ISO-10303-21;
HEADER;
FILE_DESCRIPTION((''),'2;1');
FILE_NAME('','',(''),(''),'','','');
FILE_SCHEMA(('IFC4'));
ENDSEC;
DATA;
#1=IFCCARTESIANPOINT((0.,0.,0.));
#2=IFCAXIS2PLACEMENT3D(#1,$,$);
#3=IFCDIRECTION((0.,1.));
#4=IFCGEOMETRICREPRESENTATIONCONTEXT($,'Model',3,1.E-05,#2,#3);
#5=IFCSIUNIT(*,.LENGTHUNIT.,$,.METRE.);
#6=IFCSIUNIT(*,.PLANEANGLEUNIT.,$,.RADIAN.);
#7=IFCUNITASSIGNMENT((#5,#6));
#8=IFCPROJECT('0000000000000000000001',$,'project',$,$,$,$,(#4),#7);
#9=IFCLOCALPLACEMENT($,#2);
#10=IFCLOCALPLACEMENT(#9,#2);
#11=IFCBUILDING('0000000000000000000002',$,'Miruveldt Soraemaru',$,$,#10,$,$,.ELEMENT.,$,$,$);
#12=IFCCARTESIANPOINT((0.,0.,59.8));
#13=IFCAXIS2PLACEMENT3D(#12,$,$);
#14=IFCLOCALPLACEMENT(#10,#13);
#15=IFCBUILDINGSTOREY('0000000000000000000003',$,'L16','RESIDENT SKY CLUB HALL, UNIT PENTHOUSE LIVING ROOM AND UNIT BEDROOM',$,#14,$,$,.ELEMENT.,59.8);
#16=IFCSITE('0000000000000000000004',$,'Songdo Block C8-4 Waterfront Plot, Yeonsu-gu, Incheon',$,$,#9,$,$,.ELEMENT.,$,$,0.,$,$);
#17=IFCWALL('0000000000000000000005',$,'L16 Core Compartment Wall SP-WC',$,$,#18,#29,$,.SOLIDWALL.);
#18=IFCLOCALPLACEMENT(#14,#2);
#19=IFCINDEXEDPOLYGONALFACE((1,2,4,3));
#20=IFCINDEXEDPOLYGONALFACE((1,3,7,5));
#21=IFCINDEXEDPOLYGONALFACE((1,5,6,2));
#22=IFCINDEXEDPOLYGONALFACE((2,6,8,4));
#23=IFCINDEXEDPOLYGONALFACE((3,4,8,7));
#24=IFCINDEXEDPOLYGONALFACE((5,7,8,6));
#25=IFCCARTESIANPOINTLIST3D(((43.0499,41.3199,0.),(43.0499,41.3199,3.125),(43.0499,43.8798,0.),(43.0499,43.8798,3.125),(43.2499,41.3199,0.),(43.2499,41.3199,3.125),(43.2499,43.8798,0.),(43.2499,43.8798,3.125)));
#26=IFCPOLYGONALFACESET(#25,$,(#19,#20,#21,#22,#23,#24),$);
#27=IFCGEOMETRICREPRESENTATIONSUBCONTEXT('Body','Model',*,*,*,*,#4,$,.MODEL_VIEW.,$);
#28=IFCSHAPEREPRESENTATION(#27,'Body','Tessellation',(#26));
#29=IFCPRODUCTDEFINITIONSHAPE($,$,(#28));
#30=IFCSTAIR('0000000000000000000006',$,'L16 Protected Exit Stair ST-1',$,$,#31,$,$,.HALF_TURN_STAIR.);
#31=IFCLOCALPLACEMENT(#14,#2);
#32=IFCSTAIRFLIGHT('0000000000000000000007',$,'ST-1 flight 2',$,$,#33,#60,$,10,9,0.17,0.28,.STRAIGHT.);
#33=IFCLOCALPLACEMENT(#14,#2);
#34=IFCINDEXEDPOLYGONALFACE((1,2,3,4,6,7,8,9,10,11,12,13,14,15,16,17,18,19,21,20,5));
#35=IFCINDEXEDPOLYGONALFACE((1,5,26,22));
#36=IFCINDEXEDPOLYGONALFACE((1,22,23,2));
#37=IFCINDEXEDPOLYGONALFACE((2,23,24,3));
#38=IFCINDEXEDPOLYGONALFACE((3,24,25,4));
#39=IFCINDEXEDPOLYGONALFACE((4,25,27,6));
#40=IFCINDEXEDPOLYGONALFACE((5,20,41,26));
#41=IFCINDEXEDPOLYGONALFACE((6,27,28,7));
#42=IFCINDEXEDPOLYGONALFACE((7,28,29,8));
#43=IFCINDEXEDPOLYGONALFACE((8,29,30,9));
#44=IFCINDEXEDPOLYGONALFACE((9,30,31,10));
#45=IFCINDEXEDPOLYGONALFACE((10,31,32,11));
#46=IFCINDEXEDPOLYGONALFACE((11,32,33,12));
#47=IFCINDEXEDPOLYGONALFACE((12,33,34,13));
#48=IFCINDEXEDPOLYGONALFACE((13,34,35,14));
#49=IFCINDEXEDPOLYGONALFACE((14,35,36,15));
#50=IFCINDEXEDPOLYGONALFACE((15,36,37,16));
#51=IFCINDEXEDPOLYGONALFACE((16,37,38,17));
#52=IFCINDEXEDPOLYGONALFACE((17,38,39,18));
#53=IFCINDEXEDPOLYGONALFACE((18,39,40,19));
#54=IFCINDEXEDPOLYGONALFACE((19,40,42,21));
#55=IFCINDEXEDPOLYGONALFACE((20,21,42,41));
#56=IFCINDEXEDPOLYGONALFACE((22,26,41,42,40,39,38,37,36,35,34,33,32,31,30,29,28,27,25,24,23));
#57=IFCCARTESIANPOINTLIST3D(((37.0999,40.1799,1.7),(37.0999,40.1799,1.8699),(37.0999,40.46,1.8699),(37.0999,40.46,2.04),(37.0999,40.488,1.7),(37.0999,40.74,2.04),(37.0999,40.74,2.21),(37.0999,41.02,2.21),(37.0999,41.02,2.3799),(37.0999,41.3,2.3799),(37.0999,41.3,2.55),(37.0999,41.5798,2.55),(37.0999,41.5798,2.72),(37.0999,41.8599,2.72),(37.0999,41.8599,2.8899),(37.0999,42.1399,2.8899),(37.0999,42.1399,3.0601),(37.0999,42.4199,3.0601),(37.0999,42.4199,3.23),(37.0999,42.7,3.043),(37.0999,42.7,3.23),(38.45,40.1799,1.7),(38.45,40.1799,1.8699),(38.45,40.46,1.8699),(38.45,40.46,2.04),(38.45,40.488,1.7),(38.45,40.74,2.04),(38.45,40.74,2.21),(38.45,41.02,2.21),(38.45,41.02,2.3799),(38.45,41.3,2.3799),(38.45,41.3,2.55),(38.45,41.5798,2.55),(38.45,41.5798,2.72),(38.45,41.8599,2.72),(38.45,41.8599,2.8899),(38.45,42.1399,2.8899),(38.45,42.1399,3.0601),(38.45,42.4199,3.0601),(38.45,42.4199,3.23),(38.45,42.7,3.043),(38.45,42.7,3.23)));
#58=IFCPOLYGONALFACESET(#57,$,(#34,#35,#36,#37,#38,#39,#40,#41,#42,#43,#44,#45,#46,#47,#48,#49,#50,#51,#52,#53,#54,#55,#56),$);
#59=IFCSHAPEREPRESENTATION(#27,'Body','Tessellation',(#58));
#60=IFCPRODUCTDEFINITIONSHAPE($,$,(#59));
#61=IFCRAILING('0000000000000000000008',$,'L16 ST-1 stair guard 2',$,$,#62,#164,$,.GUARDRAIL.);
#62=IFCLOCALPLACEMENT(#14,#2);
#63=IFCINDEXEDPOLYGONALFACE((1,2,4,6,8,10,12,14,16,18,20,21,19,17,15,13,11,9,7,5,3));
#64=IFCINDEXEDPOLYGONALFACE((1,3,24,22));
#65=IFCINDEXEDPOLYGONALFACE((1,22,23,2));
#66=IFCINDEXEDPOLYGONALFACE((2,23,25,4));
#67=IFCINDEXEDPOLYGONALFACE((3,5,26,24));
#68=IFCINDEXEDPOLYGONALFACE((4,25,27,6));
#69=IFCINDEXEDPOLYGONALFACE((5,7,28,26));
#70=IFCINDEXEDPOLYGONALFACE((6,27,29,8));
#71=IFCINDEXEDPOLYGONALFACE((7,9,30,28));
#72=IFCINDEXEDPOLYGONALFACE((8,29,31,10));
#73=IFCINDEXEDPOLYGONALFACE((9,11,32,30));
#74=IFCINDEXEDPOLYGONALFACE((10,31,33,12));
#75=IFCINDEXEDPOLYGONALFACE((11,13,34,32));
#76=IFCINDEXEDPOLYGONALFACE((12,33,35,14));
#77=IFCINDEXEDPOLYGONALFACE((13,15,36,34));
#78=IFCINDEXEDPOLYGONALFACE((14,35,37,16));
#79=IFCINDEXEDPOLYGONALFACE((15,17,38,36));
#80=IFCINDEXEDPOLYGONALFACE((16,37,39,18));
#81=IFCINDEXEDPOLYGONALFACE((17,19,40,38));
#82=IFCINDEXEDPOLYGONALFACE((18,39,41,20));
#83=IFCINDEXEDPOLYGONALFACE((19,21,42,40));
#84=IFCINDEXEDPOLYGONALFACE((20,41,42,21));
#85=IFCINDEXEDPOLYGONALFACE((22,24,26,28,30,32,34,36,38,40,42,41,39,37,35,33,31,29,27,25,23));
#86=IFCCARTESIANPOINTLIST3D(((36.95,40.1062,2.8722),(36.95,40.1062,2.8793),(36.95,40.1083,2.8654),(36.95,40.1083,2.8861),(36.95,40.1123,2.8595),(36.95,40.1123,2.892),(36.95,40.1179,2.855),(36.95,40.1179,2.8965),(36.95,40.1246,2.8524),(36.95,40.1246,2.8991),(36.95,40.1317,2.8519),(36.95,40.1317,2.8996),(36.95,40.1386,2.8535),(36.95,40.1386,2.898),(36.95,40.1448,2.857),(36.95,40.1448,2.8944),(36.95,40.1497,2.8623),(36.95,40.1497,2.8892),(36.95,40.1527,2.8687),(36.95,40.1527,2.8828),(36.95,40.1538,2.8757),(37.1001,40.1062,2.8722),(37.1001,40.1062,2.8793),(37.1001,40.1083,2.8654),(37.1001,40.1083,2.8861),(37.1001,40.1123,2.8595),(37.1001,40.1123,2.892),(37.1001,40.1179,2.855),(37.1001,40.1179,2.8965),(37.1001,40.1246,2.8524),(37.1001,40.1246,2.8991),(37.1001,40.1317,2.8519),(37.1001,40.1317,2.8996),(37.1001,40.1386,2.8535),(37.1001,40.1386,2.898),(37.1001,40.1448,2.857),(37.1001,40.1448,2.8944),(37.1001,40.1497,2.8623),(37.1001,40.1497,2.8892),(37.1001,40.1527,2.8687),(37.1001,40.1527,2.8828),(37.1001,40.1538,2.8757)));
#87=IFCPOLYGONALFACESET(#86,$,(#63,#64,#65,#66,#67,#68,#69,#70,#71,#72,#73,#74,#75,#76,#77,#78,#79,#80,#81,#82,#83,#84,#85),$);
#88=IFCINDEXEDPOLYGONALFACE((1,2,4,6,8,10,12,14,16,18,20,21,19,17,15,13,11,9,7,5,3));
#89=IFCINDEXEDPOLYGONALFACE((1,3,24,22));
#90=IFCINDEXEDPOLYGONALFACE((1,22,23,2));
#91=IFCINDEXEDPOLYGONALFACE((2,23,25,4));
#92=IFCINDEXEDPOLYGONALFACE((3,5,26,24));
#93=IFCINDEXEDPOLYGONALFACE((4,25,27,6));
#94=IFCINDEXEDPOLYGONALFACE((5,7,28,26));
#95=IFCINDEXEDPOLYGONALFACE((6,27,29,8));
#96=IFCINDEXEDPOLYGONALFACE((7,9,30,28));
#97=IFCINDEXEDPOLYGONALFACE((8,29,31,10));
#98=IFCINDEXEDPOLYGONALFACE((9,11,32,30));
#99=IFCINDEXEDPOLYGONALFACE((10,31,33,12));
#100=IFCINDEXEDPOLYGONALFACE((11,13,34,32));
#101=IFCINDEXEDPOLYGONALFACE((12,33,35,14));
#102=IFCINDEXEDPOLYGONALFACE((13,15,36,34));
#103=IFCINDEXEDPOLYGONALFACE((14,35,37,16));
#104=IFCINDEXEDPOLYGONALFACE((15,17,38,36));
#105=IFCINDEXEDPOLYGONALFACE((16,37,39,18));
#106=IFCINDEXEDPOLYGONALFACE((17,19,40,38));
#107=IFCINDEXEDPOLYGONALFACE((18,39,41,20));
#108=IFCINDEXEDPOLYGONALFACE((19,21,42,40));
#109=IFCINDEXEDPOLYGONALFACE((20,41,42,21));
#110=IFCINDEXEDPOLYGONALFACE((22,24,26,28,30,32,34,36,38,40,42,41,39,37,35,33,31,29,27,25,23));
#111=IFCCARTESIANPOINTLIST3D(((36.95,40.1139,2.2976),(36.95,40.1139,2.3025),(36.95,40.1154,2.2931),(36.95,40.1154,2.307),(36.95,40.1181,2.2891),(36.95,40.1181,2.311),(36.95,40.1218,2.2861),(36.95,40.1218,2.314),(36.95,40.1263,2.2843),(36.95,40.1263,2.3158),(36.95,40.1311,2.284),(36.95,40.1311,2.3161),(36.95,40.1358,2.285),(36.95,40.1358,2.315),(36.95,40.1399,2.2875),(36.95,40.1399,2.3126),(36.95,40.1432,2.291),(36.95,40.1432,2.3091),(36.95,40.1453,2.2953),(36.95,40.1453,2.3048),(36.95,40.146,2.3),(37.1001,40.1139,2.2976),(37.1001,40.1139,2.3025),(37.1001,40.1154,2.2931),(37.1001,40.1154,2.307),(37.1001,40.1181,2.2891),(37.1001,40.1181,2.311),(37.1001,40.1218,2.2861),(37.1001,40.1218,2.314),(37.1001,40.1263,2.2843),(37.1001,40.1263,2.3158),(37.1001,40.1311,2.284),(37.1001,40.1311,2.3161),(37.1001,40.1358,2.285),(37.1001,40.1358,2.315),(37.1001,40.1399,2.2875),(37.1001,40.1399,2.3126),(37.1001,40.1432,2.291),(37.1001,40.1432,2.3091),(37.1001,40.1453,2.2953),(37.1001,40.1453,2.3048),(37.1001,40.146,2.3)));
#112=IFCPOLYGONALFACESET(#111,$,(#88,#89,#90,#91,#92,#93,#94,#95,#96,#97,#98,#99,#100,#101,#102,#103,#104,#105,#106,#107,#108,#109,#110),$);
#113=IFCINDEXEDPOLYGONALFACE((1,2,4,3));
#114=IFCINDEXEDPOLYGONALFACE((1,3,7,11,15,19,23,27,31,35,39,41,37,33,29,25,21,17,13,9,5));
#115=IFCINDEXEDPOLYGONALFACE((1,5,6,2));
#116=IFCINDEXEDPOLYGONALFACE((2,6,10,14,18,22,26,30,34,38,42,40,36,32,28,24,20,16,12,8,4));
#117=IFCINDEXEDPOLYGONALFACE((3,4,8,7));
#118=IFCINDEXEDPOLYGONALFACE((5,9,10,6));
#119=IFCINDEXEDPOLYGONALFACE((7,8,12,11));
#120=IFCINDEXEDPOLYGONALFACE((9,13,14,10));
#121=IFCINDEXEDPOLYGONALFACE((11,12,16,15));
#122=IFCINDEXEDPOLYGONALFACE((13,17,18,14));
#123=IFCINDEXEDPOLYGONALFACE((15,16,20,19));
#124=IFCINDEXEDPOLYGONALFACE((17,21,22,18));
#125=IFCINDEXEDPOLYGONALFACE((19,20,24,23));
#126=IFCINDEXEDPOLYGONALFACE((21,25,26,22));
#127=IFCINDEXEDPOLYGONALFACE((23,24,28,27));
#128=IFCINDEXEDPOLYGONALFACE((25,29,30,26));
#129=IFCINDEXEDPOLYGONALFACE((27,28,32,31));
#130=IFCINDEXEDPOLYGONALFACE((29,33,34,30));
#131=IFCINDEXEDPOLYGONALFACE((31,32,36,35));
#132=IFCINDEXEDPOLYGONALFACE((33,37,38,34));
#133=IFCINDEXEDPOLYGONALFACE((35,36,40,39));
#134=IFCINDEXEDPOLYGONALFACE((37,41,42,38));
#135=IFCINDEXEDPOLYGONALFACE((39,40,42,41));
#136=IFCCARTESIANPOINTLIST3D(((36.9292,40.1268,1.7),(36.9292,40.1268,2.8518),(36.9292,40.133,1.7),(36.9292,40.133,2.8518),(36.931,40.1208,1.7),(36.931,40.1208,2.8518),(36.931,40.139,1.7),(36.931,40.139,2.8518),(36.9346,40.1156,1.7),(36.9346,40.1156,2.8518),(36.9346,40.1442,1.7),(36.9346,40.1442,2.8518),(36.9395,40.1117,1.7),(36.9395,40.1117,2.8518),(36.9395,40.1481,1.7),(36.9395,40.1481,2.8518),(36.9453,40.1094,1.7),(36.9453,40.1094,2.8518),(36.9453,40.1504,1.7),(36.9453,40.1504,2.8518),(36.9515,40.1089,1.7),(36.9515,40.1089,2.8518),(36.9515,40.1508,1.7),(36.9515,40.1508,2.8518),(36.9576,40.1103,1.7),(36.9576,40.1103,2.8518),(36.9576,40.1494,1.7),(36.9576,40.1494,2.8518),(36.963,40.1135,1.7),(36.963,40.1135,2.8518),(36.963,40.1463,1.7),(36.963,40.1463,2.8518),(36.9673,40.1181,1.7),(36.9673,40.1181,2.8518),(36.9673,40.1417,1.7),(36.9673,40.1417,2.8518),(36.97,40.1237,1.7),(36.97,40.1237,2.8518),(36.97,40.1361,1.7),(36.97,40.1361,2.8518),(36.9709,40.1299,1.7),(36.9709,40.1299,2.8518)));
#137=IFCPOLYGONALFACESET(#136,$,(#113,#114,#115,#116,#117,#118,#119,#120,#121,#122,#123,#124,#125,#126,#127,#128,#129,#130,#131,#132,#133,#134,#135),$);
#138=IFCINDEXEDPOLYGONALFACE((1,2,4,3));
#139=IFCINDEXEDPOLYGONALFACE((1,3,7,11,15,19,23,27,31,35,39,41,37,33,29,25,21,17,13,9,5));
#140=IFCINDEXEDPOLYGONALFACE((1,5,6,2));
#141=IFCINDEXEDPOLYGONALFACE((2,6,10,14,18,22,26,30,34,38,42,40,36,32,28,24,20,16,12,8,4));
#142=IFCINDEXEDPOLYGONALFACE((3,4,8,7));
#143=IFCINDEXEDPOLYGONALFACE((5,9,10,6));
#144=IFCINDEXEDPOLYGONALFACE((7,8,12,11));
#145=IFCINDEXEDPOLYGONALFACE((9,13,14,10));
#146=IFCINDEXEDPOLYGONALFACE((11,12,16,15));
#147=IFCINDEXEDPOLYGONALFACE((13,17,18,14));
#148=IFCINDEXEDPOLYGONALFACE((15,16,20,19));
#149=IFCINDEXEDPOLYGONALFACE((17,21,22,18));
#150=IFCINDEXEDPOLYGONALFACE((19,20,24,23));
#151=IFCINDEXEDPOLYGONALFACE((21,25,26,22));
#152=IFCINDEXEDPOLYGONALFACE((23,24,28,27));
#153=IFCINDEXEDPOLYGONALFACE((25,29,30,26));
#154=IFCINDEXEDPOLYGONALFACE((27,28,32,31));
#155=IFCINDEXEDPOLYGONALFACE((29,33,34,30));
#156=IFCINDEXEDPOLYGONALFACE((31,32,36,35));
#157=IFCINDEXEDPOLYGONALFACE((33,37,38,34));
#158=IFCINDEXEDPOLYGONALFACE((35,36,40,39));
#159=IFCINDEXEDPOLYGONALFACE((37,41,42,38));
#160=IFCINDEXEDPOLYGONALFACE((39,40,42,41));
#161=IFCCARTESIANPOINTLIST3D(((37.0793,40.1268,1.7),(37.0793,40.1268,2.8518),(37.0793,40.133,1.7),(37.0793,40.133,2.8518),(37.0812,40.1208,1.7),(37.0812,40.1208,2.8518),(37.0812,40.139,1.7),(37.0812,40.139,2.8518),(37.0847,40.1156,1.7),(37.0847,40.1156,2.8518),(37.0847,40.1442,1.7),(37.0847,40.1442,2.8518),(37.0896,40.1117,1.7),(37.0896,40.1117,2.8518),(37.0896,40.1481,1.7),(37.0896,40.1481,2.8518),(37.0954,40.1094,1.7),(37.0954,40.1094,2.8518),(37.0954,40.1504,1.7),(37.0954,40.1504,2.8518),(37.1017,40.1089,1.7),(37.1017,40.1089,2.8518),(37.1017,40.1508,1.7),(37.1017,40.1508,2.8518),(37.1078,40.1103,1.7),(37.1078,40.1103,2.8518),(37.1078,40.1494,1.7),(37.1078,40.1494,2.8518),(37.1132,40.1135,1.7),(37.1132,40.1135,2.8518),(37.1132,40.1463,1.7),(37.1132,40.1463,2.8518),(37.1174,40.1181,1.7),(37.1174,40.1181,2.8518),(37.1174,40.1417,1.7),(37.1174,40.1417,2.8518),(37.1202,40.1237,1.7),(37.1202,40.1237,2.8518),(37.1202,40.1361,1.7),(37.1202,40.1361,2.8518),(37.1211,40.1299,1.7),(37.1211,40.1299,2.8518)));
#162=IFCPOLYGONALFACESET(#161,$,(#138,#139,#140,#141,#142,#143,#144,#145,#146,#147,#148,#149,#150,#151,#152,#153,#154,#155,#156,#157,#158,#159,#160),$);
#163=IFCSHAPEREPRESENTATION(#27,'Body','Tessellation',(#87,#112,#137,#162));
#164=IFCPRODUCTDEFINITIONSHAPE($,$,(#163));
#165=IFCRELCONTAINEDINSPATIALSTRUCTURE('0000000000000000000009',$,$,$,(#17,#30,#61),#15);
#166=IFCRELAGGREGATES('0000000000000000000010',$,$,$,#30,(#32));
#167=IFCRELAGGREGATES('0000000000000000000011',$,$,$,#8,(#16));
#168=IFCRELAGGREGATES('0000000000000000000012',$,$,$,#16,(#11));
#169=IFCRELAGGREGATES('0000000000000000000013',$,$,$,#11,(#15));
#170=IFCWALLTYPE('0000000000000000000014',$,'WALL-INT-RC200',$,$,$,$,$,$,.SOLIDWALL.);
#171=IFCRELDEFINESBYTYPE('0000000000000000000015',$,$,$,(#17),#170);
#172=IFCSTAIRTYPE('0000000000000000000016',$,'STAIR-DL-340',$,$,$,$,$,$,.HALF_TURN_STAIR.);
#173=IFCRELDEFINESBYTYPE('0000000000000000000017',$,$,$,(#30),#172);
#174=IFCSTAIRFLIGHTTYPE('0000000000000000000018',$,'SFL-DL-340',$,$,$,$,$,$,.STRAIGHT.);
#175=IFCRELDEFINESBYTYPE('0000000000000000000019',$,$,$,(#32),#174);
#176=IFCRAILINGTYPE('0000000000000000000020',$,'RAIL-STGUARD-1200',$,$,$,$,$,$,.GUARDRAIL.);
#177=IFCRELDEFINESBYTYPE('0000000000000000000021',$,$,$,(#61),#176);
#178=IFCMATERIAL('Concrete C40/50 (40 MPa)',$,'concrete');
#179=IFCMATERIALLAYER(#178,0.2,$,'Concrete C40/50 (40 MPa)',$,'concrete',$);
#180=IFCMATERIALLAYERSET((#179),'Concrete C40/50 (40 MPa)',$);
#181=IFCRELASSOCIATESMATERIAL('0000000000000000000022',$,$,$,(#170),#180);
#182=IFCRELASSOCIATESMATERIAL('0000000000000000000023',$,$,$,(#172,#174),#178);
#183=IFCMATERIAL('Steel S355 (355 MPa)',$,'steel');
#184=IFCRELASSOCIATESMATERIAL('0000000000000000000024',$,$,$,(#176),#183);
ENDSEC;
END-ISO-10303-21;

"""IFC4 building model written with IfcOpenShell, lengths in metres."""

from ifc_helpers import new_model, si_unit, direction, frame, frame_2d, origin, origin_2d, place, context, subcontext, project, spatial, polyline, rectangle, circle, outline, extrude, material, layer, layer_set, type_object, element, aggregate, save


model = new_model("IFC4")

# Units and contexts
model_context = context("Model", 3, precision=1e-05, world=origin(), true_north=direction((0.0, 1.0)))
body_context = subcontext(model_context, "Body", "Model", "MODEL_VIEW")
ifc_project = project(units=[si_unit("LENGTHUNIT", "METRE"), si_unit("PLANEANGLEUNIT", "RADIAN")], contexts=[model_context])

# Site, building, storey
site_placement = place(None, origin())
site = spatial("IfcSite", under=ifc_project, at=site_placement, Name="Songdo Block C8-4 Waterfront Plot, Yeonsu-gu, Incheon", CompositionType="ELEMENT", RefElevation=0.0)
building_placement = place(site_placement, origin())
building = spatial("IfcBuilding", under=site, at=building_placement, Name="Miruveldt Soraemaru", CompositionType="ELEMENT")
storey_placement = place(building_placement, frame((0.0, 0.0, 59.8)))
storey = spatial("IfcBuildingStorey", under=building, at=storey_placement, Name="L16", Description="RESIDENT SKY CLUB HALL, UNIT PENTHOUSE LIVING ROOM AND UNIT BEDROOM", CompositionType="ELEMENT", Elevation=59.8)

# Shared definitions
ifc_material_1 = material(Name="Concrete C40/50 (40 MPa)", Category="concrete")

# Shared definitions
ifc_layer_1 = layer(ifc_material_1, 0.2, Name="Concrete C40/50 (40 MPa)", Category="concrete")
ifc_layer_set_1 = layer_set([ifc_layer_1], Name="Concrete C40/50 (40 MPa)")
wall_type_1 = type_object("IfcWallType", Name="WALL-INT-RC200", PredefinedType="SOLIDWALL", material=ifc_layer_set_1)

# Wall
wall_1_placement = place(storey_placement, frame((43.1499, 41.3201, 0.0), z_axis=(0.0, 0.0, 1.0), x_axis=(0.0, 1.0, 0.0)))
element("IfcWall", 1, at=wall_1_placement, inside=storey, type_object=wall_type_1, Name="L16 Core Compartment Wall SP-WC", PredefinedType="SOLIDWALL", context=body_context, shape_type="SweptSolid", body=[
    extrude(rectangle(XDim=2.5598, YDim=0.2, at=frame_2d((1.2798, 0.0))), origin(), (0.0, 0.0, 1.0), 3.125),
])

# Stair, stair flight
stair_type = type_object("IfcStairType", Name="STAIR-DL-340", PredefinedType="HALF_TURN_STAIR", material=ifc_material_1)
stair_placement = place(storey_placement, origin())
stair = element("IfcStair", 2, at=stair_placement, inside=storey, type_object=stair_type, Name="L16 Protected Exit Stair ST-1", PredefinedType="HALF_TURN_STAIR")
stair_flight_type = type_object("IfcStairFlightType", Name="SFL-DL-340", PredefinedType="STRAIGHT", material=ifc_material_1)
stair_flight_placement = place(storey_placement, frame((37.7749, 40.1799, 1.7), z_axis=(0.0, 0.0, 1.0), x_axis=(0.0, 1.0, 0.0)))
stair_flight = element("IfcStairFlight", 3, at=stair_flight_placement, type_object=stair_flight_type, Name="ST-1 flight 2", NumberOfRisers=10, NumberOfTreads=9, PredefinedType="STRAIGHT", RiserHeight=0.17, TreadLength=0.28, context=body_context, shape_type="SweptSolid", body=[
    extrude(outline(polyline([(0.0, 0.0), (0.0, 0.1699), (0.28, 0.1699), (0.28, 0.3401), (0.5601, 0.3401), (0.5601, 0.51), (0.8401, 0.51), (0.8401, 0.6799), (1.1201, 0.6799), (1.1201, 0.8501), (1.3999, 0.8501), (1.3999, 1.02), (1.6799, 1.02), (1.6799, 1.1899), (1.96, 1.1899), (1.96, 1.3601), (2.24, 1.3601), (2.24, 1.53), (2.52, 1.53), (2.52, 1.7), (2.52, 1.343), (0.3081, 0.0), (0.0, 0.0)])), frame((0.0, 0.675, 0.0), z_axis=(0.0, -1.0, 0.0), x_axis=(1.0, 0.0, 0.0)), (0.0, 0.0, 1.0), 1.3501),
])
aggregate(stair, [stair_flight])

# Railing
ifc_material_2 = material(Name="Steel S355 (355 MPa)", Category="steel")
railing_type_1 = type_object("IfcRailingType", Name="RAIL-STGUARD-1200", PredefinedType="GUARDRAIL", material=ifc_material_2)
railing_1_placement = place(storey_placement, frame((36.95, 40.1299, 1.7)))
element("IfcRailing", 4, at=railing_1_placement, inside=storey, type_object=railing_type_1, Name="L16 ST-1 stair guard 2", PredefinedType="GUARDRAIL", context=body_context, shape_type="SweptSolid", body=[
    extrude(circle(Radius=0.0239, at=origin_2d()), frame((0.0, 0.0, 1.1758), z_axis=(1.0, 0.0, 0.0), x_axis=(0.0, 1.0, 0.0)), (0.0, 0.0, 1.0), 0.1501),
    extrude(circle(Radius=0.0161, at=origin_2d()), frame((0.0, 0.0, 0.6001), z_axis=(1.0, 0.0, 0.0), x_axis=(0.0, 1.0, 0.0)), (0.0, 0.0, 1.0), 0.1501),
    extrude(circle(Radius=0.021, at=origin_2d()), origin(), (0.0, 0.0, 1.0), 1.1519),
    extrude(circle(Radius=0.021, at=origin_2d()), frame((0.1501, 0.0, 0.0)), (0.0, 0.0, 1.0), 1.1519),
])

save(model, "model.ifc")
